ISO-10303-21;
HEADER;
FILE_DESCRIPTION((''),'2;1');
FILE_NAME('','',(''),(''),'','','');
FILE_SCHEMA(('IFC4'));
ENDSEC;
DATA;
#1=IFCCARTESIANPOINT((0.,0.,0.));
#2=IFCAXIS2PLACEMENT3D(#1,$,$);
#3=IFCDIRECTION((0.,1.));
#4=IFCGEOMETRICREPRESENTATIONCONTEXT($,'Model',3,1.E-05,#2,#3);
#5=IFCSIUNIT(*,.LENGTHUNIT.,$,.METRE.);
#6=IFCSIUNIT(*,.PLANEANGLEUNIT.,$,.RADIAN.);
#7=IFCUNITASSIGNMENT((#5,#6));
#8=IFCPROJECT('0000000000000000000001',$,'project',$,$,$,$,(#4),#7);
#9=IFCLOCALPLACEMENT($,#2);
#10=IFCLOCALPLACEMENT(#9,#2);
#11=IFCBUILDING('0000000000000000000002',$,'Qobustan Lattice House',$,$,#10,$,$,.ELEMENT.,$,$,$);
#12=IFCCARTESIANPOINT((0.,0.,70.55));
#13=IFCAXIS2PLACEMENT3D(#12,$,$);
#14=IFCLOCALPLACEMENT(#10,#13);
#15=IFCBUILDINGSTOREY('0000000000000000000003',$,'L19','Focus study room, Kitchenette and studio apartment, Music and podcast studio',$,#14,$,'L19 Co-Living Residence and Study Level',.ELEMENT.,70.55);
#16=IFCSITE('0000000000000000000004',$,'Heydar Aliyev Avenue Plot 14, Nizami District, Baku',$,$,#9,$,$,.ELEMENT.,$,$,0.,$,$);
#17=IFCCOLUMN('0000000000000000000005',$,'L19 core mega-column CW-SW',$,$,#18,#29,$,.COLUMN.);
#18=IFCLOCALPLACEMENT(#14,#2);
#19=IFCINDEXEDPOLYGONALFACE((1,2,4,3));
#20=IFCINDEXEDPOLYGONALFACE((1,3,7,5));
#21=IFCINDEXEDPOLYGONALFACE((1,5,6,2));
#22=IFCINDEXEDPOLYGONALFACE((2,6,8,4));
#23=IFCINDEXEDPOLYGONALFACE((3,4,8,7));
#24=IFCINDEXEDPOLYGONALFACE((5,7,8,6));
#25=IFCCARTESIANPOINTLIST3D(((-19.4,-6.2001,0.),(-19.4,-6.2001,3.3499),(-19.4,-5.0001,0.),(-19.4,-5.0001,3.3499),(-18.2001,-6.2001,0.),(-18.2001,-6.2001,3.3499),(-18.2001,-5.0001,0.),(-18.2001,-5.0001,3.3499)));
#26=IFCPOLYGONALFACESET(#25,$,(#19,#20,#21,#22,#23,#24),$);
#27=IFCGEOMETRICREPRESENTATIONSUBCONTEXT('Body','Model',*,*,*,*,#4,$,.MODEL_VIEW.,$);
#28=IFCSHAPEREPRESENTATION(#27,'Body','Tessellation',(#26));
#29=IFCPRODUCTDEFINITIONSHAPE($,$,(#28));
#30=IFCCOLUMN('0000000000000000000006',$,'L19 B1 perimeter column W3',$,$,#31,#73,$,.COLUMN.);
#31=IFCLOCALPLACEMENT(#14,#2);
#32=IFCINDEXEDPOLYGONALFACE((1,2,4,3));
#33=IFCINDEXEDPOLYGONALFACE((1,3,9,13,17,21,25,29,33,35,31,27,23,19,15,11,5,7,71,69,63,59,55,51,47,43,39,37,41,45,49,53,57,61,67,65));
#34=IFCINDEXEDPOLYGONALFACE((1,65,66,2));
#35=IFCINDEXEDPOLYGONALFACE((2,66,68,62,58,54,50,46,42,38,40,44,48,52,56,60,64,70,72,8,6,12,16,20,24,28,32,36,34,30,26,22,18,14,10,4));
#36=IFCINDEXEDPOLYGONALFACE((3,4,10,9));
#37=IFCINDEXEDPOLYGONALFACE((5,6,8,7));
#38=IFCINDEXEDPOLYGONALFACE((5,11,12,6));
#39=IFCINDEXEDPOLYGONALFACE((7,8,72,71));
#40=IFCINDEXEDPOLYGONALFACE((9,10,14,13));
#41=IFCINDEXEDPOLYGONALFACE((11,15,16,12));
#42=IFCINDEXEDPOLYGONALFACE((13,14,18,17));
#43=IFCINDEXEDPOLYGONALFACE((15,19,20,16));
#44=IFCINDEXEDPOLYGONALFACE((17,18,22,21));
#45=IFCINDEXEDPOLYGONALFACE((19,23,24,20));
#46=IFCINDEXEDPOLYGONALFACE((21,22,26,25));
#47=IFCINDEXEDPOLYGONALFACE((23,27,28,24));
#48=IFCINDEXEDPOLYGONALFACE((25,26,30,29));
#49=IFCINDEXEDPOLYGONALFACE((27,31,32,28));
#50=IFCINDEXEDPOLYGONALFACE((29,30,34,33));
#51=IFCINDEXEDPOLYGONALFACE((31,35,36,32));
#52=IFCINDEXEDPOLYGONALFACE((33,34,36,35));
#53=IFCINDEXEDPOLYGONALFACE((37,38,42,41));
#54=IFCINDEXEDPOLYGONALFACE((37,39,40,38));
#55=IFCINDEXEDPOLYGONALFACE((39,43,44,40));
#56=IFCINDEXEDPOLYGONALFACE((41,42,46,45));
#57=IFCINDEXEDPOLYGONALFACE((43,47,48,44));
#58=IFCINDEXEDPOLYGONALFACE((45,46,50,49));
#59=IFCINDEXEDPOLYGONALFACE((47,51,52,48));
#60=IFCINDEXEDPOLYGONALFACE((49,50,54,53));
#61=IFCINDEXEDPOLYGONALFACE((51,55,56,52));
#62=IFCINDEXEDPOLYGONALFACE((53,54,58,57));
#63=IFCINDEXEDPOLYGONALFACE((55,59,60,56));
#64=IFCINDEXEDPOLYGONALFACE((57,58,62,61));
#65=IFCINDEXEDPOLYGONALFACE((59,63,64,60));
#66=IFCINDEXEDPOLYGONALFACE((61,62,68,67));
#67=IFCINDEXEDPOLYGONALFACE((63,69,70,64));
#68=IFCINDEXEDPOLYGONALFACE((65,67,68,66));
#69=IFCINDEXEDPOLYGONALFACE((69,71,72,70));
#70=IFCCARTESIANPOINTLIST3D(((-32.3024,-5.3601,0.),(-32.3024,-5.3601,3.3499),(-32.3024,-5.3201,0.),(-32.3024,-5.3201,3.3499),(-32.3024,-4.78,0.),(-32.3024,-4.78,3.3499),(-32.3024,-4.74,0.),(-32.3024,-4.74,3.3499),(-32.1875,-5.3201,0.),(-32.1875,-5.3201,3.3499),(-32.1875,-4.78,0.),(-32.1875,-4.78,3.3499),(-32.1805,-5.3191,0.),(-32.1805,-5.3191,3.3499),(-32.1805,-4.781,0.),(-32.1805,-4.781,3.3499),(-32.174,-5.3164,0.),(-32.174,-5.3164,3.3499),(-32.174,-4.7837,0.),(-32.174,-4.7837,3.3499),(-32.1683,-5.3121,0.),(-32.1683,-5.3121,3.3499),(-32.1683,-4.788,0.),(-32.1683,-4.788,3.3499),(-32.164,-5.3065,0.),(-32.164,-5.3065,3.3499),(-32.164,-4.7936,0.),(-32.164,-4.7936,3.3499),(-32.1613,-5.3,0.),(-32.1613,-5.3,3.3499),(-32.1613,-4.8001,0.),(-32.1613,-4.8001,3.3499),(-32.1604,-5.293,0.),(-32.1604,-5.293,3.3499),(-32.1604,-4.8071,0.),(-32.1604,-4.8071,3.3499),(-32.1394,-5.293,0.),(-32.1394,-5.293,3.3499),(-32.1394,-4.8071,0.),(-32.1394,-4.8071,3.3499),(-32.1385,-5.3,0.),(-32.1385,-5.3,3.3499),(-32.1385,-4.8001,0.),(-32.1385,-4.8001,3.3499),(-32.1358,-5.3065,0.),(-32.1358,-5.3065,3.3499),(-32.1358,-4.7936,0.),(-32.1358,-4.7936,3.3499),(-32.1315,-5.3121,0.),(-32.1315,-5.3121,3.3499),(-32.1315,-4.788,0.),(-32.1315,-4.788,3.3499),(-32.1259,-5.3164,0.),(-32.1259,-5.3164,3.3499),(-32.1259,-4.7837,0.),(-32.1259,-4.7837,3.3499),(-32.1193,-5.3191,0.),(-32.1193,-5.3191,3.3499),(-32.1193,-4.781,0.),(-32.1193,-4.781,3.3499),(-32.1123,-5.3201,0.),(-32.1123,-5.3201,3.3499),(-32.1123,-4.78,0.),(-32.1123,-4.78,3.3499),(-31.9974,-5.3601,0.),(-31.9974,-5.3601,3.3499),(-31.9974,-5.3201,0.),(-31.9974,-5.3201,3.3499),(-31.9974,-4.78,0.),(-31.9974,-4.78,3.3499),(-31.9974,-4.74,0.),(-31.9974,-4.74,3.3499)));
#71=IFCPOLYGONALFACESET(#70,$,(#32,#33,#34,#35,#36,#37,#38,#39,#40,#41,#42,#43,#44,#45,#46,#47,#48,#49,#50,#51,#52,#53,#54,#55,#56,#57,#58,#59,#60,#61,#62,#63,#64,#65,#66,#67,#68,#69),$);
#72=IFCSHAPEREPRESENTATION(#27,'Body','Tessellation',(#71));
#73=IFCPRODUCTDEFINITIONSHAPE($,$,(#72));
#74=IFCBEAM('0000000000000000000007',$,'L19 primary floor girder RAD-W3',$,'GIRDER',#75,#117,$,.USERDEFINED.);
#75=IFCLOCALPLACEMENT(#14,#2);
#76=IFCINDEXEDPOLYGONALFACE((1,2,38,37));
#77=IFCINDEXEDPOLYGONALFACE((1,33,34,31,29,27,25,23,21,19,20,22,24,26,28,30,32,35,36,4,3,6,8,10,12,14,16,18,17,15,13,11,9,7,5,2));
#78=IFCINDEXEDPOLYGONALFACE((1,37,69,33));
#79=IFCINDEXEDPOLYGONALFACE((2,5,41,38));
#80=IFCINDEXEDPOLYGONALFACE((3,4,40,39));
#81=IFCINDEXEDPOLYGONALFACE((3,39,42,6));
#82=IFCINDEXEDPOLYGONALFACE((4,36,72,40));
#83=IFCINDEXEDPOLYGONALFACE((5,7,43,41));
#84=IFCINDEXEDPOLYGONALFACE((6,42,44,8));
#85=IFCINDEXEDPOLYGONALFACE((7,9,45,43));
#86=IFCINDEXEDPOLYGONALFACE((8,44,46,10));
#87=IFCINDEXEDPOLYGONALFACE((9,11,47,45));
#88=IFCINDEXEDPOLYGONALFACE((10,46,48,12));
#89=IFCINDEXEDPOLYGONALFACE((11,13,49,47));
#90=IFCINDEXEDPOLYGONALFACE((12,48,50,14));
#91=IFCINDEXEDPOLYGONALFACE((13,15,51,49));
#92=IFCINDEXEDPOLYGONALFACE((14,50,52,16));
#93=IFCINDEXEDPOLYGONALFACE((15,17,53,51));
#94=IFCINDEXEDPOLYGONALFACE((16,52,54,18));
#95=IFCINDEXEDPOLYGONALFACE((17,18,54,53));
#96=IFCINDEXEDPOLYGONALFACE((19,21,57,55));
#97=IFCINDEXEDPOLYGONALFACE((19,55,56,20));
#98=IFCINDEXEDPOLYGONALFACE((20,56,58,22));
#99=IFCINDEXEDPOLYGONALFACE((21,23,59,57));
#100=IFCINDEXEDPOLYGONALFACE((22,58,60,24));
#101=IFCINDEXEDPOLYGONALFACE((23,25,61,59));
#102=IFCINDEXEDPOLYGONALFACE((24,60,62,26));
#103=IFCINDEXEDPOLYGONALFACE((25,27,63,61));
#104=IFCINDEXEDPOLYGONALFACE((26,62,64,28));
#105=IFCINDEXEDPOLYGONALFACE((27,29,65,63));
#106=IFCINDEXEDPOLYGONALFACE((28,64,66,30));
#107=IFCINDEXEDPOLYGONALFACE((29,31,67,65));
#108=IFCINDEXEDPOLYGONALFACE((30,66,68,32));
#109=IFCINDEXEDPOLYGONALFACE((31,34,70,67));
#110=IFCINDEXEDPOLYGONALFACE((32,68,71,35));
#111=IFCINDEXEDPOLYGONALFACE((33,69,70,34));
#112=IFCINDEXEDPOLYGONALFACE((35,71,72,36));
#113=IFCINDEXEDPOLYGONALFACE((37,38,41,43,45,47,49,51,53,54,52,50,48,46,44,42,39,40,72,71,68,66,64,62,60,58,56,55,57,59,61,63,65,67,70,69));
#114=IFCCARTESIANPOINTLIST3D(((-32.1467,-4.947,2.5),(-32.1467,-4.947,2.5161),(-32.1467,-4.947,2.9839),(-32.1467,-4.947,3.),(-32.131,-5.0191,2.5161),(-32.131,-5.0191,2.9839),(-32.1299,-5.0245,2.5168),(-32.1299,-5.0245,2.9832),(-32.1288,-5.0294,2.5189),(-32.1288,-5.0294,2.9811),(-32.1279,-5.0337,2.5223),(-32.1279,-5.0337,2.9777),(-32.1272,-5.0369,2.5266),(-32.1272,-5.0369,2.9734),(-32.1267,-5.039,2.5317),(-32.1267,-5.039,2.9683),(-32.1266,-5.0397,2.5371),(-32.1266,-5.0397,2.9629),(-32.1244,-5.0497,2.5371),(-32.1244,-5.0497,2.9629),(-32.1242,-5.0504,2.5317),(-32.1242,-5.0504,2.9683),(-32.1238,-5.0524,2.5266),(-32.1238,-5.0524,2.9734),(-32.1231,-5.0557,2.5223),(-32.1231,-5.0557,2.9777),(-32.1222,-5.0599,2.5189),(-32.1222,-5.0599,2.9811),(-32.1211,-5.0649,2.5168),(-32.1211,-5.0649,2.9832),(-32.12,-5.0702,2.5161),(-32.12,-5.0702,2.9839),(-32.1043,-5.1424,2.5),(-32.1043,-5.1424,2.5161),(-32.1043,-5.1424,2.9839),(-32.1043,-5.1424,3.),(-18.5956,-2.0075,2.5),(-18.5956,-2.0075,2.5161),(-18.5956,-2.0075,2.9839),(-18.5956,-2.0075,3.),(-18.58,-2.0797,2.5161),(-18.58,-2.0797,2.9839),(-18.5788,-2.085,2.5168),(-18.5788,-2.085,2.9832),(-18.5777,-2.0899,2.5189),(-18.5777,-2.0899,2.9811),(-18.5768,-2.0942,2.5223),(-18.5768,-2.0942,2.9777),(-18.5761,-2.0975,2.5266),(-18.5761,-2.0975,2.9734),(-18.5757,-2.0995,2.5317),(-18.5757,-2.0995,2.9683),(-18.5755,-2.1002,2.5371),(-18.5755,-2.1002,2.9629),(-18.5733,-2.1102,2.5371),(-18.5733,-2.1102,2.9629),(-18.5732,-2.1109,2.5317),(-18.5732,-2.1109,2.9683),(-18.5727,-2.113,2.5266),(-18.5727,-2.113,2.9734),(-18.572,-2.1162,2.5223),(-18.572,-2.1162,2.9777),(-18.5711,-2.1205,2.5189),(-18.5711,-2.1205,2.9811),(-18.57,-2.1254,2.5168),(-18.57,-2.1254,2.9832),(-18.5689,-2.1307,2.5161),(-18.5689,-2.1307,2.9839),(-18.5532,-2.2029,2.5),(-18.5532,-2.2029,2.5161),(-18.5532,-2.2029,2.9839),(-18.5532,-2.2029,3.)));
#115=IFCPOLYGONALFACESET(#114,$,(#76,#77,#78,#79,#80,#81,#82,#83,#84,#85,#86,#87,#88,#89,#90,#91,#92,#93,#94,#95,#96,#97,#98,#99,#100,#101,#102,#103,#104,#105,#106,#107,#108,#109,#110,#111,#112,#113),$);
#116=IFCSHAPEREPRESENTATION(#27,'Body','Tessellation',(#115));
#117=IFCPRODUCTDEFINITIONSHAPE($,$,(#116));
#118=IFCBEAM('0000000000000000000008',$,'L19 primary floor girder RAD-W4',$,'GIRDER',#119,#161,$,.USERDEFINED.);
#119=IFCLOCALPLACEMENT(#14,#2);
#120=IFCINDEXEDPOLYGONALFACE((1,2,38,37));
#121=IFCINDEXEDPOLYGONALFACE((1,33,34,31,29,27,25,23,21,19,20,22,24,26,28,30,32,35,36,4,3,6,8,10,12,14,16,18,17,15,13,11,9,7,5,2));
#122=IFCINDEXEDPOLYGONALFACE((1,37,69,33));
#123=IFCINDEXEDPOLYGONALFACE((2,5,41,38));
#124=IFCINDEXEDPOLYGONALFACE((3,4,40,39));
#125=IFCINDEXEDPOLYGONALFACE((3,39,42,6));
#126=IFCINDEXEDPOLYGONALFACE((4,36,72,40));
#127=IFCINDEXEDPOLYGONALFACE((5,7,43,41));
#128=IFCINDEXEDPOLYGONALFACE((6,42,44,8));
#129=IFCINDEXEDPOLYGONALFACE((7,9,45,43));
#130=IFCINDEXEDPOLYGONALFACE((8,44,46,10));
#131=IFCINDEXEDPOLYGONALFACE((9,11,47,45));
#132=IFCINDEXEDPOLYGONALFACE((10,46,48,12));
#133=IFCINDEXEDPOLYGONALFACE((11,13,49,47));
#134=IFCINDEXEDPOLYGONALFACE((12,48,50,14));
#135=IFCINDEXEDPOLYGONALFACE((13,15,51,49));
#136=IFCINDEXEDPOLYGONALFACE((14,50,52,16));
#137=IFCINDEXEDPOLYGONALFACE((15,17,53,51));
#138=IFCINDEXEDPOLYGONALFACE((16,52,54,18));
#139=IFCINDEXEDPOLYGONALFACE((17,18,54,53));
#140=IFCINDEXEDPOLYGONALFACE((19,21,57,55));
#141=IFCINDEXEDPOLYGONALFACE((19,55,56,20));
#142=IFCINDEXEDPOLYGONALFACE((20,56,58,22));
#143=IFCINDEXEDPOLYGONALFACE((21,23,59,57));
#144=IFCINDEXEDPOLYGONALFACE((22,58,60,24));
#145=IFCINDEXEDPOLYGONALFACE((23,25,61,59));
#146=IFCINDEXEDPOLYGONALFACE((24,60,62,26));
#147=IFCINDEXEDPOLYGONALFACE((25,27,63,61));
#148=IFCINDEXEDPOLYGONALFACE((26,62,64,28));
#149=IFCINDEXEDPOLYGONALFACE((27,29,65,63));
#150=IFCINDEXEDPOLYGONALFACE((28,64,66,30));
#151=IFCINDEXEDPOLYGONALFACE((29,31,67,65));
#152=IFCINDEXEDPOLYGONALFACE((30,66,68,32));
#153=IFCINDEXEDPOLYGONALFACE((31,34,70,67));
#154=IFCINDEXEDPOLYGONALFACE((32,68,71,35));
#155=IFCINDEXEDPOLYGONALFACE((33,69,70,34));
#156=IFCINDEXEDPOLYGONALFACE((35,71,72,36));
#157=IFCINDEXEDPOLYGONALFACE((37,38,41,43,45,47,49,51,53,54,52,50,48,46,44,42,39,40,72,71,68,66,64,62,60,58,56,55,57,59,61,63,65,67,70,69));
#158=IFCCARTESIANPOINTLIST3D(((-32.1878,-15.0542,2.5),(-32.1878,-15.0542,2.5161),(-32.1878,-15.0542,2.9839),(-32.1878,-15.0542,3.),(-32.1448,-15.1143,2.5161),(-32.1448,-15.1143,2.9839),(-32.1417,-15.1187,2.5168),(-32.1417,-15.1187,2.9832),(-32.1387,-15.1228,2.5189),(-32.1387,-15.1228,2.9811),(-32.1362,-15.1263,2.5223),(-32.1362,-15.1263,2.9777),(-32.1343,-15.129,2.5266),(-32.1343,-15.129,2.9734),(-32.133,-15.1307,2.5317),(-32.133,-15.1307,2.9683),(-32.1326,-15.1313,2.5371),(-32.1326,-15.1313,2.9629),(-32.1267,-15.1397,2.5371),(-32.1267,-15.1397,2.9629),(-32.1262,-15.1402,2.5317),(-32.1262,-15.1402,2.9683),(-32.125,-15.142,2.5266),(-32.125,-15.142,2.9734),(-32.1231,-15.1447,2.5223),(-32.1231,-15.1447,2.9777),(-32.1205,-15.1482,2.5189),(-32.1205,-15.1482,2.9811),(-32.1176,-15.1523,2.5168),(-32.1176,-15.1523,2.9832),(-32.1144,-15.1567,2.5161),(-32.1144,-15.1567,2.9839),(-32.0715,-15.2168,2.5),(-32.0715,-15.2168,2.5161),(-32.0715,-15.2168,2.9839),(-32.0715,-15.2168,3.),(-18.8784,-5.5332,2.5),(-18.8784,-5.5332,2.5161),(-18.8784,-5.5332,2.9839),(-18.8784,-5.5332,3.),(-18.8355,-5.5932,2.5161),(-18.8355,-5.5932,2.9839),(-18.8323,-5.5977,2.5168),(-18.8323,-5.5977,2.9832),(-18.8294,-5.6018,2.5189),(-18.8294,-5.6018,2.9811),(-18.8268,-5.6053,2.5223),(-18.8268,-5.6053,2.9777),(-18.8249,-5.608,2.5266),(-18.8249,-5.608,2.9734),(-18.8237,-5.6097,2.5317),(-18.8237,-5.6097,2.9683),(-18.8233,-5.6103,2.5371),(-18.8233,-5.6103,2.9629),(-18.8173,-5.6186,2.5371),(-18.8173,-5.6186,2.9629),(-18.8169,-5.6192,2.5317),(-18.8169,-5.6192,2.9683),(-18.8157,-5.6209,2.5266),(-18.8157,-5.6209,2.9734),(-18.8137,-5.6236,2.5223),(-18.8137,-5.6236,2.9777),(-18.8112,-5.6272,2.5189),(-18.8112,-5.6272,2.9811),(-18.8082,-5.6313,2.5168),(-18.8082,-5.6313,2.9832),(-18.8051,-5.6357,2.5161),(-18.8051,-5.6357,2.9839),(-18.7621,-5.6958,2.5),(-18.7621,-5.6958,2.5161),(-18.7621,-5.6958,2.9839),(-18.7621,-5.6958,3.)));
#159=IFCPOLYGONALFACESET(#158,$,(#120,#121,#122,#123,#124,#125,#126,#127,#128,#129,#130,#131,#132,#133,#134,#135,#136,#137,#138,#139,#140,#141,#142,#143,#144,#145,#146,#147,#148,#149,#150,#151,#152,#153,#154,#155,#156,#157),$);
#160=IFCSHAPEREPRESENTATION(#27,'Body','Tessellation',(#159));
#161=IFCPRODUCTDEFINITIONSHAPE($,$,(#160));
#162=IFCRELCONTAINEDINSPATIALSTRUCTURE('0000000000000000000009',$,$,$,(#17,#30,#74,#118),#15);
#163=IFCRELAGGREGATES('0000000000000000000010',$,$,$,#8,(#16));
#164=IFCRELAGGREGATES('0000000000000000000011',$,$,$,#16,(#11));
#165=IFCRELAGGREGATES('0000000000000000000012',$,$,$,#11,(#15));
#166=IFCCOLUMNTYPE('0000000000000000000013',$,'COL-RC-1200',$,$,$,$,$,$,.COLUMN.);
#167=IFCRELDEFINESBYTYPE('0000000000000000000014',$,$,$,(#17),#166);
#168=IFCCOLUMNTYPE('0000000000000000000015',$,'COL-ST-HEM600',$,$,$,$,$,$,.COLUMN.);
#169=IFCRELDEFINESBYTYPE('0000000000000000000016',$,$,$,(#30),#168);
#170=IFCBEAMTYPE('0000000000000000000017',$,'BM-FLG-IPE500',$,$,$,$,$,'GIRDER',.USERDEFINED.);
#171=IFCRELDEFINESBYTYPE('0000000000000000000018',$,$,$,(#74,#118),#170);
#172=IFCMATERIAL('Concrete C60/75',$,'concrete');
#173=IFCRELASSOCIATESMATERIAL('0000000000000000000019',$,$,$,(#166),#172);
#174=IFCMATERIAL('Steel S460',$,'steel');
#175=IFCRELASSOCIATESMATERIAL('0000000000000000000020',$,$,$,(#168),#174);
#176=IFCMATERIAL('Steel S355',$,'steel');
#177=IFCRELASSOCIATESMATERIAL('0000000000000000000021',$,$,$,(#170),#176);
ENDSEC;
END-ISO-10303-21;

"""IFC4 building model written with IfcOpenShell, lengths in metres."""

from ifc_helpers import new_model, si_unit, direction, frame, origin, origin_2d, place, context, subcontext, project, spatial, rectangle, i_section, extrude, material, material_profile, profile_set, type_object, element, save


model = new_model("IFC4")

# Units and contexts
model_context = context("Model", 3, precision=1e-05, world=origin(), true_north=direction((0.0, 1.0)))
body_context = subcontext(model_context, "Body", "Model", "MODEL_VIEW")
ifc_project = project(units=[si_unit("LENGTHUNIT", "METRE"), si_unit("PLANEANGLEUNIT", "RADIAN")], contexts=[model_context])

# Site, building, storey
site_placement = place(None, origin())
site = spatial("IfcSite", under=ifc_project, at=site_placement, Name="Heydar Aliyev Avenue Plot 14, Nizami District, Baku", CompositionType="ELEMENT", RefElevation=0.0)
building_placement = place(site_placement, origin())
building = spatial("IfcBuilding", under=site, at=building_placement, Name="Qobustan Lattice House", CompositionType="ELEMENT")
storey_placement = place(building_placement, frame((0.0, 0.0, 70.55)))
storey = spatial("IfcBuildingStorey", under=building, at=storey_placement, Name="L19", Description="Focus study room, Kitchenette and studio apartment, Music and podcast studio", LongName="L19 Co-Living Residence and Study Level", CompositionType="ELEMENT", Elevation=70.55)

# Columns
ifc_material_1 = material(Name="Concrete C60/75", Category="concrete")
ifc_material_profile_1 = material_profile(ifc_material_1, rectangle(XDim=1.2, YDim=1.2, at=origin_2d()), Name="RC1200x1200")
ifc_profile_set_1 = profile_set([ifc_material_profile_1], Name="Concrete C60/75")
column_type_1 = type_object("IfcColumnType", Name="COL-RC-1200", PredefinedType="COLUMN", material=ifc_profile_set_1)
column_1_placement = place(storey_placement, frame((-18.8, -5.6001, 0.0), z_axis=(0.0, 0.0, 1.0), x_axis=(1.0, 0.0, 0.0)))
element("IfcColumn", 1, at=column_1_placement, inside=storey, type_object=column_type_1, Name="L19 core mega-column CW-SW", PredefinedType="COLUMN", context=body_context, shape_type="SweptSolid", body=[
    extrude(rectangle(XDim=1.2, YDim=1.2, at=origin_2d()), origin(), (0.0, 0.0, 1.0), 3.3499),
])
ifc_material_2 = material(Name="Steel S460", Category="steel")
ifc_material_profile_2 = material_profile(ifc_material_2, i_section(OverallWidth=0.3049, OverallDepth=0.6201, WebThickness=0.021, FlangeThickness=0.04, FilletRadius=0.0271, at=origin_2d()), Name="HEM600")
ifc_profile_set_2 = profile_set([ifc_material_profile_2], Name="Steel S460")
column_type_2 = type_object("IfcColumnType", Name="COL-ST-HEM600", PredefinedType="COLUMN", material=ifc_profile_set_2)
column_2_placement = place(storey_placement, frame((-32.1499, -5.05, 0.0), z_axis=(0.0, 0.0, 1.0), x_axis=(1.0, 0.0, 0.0)))
element("IfcColumn", 2, at=column_2_placement, inside=storey, type_object=column_type_2, Name="L19 B1 perimeter column W3", PredefinedType="COLUMN", context=body_context, shape_type="SweptSolid", body=[
    extrude(i_section(OverallWidth=0.3049, OverallDepth=0.6201, WebThickness=0.021, FlangeThickness=0.04, FilletRadius=0.0271, at=origin_2d()), origin(), (0.0, 0.0, 1.0), 3.3499),
])

# Beams
ifc_material_3 = material(Name="Steel S355", Category="steel")
ifc_material_profile_3 = material_profile(ifc_material_3, i_section(OverallWidth=0.2, OverallDepth=0.5, WebThickness=0.0103, FlangeThickness=0.0161, FilletRadius=0.021, at=origin_2d()), Name="IPE500")
ifc_profile_set_3 = profile_set([ifc_material_profile_3], Name="Steel S355")
beam_type_1 = type_object("IfcBeamType", Name="BM-FLG-IPE500", ElementType="GIRDER", PredefinedType="USERDEFINED", material=ifc_profile_set_3)
beam_1_placement = place(storey_placement, frame((-32.1255, -5.0447, 2.75), z_axis=(0.977272, 0.211987, 0.0), x_axis=(-0.211987, 0.977272, 0.0)))
element("IfcBeam", 3, at=beam_1_placement, inside=storey, type_object=beam_type_1, Name="L19 primary floor girder RAD-W3", ObjectType="GIRDER", PredefinedType="USERDEFINED", context=body_context, shape_type="SweptSolid", body=[
    extrude(i_section(OverallWidth=0.2, OverallDepth=0.5, WebThickness=0.0103, FlangeThickness=0.0161, FilletRadius=0.021, at=origin_2d()), origin(), (0.0, 0.0, 1.0), 13.8662),
])
beam_2_placement = place(storey_placement, frame((-32.1296, -15.1355, 2.75), z_axis=(0.813319, 0.581818, 0.0), x_axis=(-0.581818, 0.813319, 0.0)))
element("IfcBeam", 4, at=beam_2_placement, inside=storey, type_object=beam_type_1, Name="L19 primary floor girder RAD-W4", ObjectType="GIRDER", PredefinedType="USERDEFINED", context=body_context, shape_type="SweptSolid", body=[
    extrude(i_section(OverallWidth=0.2, OverallDepth=0.5, WebThickness=0.0103, FlangeThickness=0.0161, FilletRadius=0.021, at=origin_2d()), origin(), (0.0, 0.0, 1.0), 16.3643),
])

save(model, "model.ifc")
